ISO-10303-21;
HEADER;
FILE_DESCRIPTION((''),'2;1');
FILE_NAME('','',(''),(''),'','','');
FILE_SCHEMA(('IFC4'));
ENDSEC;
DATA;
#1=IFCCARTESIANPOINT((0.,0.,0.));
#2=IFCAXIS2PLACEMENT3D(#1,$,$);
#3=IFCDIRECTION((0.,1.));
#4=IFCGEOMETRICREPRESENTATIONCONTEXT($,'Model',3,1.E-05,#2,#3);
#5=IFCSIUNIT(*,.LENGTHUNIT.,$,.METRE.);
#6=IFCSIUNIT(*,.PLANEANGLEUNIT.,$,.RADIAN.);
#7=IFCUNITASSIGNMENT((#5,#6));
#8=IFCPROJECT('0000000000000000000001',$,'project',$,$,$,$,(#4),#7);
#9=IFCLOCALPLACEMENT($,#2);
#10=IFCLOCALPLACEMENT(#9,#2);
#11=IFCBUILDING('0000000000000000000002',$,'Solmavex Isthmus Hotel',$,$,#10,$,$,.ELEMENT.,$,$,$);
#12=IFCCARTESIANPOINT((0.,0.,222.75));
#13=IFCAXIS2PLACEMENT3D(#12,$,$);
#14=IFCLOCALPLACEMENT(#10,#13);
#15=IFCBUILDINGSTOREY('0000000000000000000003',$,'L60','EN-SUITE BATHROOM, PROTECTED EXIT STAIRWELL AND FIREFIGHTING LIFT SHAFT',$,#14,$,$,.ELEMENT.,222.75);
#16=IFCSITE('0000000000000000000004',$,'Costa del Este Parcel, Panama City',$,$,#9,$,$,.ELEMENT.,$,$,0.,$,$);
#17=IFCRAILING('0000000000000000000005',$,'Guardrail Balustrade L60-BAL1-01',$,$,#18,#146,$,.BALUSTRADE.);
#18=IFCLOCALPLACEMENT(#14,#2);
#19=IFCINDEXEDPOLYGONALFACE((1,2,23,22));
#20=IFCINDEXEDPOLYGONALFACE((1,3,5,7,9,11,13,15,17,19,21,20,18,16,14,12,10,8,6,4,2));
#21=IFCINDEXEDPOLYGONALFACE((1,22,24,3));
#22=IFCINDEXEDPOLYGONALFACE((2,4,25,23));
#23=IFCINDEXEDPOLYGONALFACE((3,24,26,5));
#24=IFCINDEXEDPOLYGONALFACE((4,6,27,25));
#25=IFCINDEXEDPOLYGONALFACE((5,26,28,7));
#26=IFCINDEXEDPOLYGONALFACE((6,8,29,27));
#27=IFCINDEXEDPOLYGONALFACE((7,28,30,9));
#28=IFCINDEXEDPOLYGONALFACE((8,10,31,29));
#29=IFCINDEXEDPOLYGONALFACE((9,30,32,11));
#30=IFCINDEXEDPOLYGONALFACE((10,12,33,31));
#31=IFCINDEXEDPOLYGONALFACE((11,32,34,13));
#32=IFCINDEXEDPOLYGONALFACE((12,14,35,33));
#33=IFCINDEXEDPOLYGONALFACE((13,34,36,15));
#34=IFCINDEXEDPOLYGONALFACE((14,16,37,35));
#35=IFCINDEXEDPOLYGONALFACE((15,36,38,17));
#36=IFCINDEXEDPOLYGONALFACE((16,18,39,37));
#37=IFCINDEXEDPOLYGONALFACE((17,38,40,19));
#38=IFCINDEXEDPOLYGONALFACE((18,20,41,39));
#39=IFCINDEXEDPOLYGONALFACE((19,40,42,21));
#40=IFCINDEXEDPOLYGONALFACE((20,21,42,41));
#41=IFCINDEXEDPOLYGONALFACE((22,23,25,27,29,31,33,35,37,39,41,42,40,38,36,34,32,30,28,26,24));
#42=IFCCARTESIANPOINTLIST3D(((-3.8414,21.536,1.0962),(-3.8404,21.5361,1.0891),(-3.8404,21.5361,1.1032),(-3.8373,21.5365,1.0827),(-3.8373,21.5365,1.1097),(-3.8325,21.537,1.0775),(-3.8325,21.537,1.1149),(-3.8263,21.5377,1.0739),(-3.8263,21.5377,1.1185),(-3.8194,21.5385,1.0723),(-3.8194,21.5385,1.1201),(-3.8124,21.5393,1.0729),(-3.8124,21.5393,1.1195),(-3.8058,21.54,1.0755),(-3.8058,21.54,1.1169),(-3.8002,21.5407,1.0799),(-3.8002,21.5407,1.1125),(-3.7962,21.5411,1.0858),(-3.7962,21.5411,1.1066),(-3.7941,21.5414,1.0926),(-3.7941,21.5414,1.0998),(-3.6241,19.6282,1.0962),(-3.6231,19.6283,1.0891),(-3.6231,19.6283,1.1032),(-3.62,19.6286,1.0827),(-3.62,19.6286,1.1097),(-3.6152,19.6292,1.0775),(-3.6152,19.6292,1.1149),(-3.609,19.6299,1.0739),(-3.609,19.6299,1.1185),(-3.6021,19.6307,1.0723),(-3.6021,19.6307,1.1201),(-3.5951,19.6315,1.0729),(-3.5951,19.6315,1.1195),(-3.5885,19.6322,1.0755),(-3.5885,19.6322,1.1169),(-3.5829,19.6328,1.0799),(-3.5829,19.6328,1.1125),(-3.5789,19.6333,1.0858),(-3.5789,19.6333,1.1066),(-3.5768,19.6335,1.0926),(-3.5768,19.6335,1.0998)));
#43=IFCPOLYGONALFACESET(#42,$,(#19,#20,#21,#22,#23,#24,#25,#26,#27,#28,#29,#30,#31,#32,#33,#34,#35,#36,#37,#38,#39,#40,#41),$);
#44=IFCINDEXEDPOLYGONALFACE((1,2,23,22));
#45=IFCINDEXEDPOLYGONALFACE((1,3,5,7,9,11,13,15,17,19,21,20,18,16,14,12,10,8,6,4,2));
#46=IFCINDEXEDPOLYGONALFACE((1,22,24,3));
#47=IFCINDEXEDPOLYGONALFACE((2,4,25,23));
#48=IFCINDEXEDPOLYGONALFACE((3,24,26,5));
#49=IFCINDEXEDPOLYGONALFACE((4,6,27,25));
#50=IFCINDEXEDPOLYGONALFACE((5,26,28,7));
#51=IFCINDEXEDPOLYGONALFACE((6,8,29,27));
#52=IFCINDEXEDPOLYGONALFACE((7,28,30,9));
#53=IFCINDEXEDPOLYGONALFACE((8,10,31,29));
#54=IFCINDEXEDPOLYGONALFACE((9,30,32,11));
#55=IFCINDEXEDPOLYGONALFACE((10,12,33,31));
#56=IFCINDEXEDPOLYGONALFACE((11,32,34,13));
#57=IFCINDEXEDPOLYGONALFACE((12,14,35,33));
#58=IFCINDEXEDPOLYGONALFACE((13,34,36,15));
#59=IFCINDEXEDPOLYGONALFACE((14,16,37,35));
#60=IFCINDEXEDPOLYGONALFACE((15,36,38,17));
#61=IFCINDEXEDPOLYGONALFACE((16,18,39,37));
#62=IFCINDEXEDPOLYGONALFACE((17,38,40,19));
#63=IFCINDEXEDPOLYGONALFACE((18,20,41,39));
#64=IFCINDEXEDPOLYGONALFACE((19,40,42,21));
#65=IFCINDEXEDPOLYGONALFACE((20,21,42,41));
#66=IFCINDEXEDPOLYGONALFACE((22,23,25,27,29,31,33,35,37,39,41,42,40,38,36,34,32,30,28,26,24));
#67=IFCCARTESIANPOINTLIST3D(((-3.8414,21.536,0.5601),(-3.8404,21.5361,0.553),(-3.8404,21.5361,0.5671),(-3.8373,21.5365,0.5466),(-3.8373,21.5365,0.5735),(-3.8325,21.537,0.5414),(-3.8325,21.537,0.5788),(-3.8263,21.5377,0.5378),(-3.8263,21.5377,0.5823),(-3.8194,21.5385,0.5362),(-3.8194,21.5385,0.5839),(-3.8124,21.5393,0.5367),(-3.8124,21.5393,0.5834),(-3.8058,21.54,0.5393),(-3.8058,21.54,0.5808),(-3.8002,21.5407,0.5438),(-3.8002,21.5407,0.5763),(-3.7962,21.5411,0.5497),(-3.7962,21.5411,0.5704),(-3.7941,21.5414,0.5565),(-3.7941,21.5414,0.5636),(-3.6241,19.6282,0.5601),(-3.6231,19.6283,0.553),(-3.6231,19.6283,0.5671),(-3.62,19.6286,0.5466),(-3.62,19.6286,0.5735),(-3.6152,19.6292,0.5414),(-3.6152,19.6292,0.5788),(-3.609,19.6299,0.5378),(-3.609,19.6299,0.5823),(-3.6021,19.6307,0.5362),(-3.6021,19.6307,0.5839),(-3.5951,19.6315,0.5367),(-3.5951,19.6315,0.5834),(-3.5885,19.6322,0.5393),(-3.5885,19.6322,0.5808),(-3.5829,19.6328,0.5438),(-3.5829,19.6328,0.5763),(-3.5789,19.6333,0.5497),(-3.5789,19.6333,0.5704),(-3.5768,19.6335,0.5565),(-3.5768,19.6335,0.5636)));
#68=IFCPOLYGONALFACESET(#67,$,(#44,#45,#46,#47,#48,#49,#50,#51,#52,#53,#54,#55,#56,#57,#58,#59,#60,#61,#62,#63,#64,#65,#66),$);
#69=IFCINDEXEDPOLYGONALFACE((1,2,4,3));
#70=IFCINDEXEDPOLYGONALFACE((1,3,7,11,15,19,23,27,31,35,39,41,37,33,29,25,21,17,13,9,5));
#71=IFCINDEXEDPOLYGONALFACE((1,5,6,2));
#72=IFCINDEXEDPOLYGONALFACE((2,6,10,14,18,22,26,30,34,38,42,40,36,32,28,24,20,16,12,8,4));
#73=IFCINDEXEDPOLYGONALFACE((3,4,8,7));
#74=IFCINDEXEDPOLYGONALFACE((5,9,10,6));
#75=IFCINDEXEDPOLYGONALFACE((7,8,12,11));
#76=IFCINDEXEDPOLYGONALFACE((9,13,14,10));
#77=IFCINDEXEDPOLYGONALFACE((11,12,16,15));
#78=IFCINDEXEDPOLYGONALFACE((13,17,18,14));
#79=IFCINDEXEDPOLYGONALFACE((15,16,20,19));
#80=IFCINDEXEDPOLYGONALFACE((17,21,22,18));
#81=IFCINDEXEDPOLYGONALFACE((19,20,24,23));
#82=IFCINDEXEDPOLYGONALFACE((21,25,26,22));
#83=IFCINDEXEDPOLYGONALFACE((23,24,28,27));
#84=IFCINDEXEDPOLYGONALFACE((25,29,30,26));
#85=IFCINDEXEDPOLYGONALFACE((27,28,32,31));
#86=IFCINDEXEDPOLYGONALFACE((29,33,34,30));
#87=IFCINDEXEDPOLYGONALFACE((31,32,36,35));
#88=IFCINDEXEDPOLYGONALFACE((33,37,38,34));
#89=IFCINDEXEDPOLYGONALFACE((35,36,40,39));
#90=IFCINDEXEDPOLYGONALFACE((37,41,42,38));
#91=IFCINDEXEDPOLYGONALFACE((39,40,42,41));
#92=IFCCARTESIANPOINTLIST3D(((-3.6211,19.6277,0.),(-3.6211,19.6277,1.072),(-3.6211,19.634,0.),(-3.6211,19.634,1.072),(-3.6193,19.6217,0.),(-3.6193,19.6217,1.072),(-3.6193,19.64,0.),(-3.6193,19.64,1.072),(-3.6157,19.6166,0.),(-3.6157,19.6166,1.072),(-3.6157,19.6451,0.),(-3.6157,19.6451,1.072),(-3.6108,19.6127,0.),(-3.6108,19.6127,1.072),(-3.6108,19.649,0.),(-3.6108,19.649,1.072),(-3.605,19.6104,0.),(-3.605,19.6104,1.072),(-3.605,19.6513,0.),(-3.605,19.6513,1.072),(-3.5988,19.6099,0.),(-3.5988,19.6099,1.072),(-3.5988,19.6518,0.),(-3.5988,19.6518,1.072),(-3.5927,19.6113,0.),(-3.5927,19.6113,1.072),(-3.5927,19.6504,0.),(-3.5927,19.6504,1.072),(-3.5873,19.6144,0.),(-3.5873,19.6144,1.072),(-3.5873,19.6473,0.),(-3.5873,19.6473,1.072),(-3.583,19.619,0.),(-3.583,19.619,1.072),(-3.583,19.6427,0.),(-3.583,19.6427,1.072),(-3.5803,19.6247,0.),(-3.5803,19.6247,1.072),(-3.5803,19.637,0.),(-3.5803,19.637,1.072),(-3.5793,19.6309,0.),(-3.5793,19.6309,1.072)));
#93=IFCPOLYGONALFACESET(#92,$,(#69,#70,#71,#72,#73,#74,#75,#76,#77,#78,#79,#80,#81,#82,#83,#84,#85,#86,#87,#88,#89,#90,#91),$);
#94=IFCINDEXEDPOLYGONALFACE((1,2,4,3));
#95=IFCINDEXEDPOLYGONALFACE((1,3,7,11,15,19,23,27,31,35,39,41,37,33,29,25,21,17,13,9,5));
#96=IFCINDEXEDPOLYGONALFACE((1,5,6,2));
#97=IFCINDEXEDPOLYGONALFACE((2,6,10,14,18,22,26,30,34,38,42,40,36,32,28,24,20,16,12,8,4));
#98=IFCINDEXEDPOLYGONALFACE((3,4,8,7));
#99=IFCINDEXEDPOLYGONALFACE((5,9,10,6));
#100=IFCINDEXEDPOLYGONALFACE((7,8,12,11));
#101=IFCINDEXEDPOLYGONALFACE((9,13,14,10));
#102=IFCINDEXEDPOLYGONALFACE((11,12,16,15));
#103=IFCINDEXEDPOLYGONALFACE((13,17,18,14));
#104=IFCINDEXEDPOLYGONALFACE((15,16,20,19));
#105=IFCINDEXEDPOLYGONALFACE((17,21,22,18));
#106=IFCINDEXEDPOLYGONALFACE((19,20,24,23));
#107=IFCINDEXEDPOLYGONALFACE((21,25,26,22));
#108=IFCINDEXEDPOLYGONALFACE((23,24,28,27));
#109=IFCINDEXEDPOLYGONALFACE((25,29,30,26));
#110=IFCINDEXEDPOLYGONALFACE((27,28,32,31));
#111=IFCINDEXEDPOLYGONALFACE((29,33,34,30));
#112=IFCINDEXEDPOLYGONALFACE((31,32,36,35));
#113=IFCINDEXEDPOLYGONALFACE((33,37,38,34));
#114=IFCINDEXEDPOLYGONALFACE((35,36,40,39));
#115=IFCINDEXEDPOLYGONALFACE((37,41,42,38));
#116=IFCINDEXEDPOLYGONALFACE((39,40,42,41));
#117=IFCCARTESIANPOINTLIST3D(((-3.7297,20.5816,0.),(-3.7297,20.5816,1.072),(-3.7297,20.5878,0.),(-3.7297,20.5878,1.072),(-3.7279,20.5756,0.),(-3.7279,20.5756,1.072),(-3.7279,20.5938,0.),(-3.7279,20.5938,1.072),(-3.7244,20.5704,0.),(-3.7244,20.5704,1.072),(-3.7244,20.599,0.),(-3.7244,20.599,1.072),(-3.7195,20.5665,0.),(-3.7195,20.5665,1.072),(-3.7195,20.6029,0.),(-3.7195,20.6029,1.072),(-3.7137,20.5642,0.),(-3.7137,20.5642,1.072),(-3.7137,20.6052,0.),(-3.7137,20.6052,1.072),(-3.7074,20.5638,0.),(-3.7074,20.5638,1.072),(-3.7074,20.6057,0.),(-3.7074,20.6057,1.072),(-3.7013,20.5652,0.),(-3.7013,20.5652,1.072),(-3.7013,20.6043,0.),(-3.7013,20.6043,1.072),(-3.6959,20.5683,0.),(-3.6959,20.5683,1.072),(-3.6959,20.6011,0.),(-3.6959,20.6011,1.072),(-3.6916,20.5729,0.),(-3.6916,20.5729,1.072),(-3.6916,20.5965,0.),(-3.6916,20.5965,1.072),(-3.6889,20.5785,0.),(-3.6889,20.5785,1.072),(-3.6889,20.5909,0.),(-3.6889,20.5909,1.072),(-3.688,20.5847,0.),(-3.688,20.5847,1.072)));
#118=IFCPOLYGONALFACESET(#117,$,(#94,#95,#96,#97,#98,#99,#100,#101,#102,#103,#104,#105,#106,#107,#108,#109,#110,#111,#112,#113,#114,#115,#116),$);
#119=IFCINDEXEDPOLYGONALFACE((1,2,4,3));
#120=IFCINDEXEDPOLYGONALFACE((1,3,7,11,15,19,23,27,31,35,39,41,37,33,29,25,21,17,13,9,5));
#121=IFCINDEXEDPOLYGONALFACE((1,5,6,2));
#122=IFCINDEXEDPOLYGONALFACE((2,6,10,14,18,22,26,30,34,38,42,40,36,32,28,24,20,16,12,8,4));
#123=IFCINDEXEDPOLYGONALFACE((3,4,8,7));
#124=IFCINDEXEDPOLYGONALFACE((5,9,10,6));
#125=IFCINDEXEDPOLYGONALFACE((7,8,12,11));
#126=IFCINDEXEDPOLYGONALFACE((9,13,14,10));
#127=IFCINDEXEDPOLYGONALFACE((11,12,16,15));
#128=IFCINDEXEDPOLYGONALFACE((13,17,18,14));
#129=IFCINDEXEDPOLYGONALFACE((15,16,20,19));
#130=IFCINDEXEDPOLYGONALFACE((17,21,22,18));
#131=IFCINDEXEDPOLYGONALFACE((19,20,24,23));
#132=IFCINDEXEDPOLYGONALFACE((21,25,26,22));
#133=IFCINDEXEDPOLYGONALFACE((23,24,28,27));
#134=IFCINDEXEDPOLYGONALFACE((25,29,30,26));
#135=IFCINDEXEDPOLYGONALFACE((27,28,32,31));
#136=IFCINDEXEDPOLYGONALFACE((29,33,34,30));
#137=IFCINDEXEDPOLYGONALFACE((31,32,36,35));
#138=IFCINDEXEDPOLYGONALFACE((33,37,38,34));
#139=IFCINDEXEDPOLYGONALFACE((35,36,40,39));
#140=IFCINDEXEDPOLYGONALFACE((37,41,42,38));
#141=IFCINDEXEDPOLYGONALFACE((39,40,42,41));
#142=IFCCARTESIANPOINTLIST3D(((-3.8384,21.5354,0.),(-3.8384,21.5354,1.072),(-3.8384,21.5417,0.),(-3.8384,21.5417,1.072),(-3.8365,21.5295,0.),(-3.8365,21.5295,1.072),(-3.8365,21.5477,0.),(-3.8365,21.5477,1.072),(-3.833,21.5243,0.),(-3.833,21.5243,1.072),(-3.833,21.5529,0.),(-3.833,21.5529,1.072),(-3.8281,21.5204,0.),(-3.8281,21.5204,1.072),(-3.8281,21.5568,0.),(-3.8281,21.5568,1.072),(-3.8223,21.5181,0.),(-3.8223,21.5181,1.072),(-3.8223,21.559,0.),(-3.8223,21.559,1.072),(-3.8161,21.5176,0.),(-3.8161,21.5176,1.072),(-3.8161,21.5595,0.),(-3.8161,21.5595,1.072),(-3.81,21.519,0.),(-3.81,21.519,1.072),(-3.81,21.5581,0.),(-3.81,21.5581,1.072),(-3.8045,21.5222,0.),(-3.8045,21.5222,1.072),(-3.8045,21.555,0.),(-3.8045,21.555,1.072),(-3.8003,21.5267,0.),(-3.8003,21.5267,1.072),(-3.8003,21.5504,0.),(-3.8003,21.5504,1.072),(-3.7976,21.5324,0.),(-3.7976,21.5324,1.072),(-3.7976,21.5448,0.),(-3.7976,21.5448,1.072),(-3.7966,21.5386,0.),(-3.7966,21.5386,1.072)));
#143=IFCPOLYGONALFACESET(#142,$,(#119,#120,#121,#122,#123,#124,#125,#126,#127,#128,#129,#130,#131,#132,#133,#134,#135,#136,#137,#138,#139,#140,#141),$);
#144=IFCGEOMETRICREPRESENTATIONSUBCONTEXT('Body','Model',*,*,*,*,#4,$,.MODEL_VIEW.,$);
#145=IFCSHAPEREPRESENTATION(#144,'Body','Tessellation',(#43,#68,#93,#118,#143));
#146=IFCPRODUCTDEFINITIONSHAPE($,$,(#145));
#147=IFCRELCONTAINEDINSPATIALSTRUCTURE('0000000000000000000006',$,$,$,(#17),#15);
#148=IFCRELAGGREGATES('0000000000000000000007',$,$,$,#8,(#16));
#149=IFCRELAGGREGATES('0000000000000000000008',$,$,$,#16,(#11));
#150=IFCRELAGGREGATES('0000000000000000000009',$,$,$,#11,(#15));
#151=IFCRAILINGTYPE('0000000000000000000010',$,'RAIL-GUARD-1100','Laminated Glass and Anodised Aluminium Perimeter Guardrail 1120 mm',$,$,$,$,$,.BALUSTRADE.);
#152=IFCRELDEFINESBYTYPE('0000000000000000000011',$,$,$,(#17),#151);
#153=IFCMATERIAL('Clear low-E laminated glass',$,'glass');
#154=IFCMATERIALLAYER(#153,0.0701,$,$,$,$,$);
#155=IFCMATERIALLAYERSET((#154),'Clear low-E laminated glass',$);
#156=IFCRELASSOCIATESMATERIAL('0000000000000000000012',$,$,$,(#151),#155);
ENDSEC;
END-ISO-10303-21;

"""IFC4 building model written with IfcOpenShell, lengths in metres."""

from ifc_helpers import new_model, si_unit, direction, frame, origin, origin_2d, place, context, subcontext, project, spatial, circle, extrude, material, layer, layer_set, type_object, element, save


model = new_model("IFC4")

# Units and contexts
model_context = context("Model", 3, precision=1e-05, world=origin(), true_north=direction((0.0, 1.0)))
body_context = subcontext(model_context, "Body", "Model", "MODEL_VIEW")
ifc_project = project(units=[si_unit("LENGTHUNIT", "METRE"), si_unit("PLANEANGLEUNIT", "RADIAN")], contexts=[model_context])

# Site, building, storey
site_placement = place(None, origin())
site = spatial("IfcSite", under=ifc_project, at=site_placement, Name="Costa del Este Parcel, Panama City", CompositionType="ELEMENT", RefElevation=0.0)
building_placement = place(site_placement, origin())
building = spatial("IfcBuilding", under=site, at=building_placement, Name="Solmavex Isthmus Hotel", CompositionType="ELEMENT")
storey_placement = place(building_placement, frame((0.0, 0.0, 222.75)))
storey = spatial("IfcBuildingStorey", under=building, at=storey_placement, Name="L60", Description="EN-SUITE BATHROOM, PROTECTED EXIT STAIRWELL AND FIREFIGHTING LIFT SHAFT", CompositionType="ELEMENT", Elevation=222.75)

# Shared definitions
ifc_material_1 = material(Name="Clear low-E laminated glass", Category="glass")

# Railing
ifc_layer_1 = layer(ifc_material_1, 0.0701)
ifc_layer_set_1 = layer_set([ifc_layer_1], Name="Clear low-E laminated glass")
railing_type = type_object("IfcRailingType", Name="RAIL-GUARD-1100", Description="Laminated Glass and Anodised Aluminium Perimeter Guardrail 1120 mm", PredefinedType="BALUSTRADE", material=ifc_layer_set_1)
railing_1_placement = place(storey_placement, frame((-3.6003, 19.6309, 0.0)))
element("IfcRailing", 1, at=railing_1_placement, inside=storey, type_object=railing_type, Name="Guardrail Balustrade L60-BAL1-01", PredefinedType="BALUSTRADE", context=body_context, shape_type="SweptSolid", body=[
    extrude(circle(Radius=0.0239, at=origin_2d()), frame((0.0, 0.0, 1.0962), z_axis=(-0.113166, 0.993576, 0.0), x_axis=(-0.993576, -0.113166, 0.0)), (0.0, 0.0, 1.0), 1.9202),
    extrude(circle(Radius=0.0239, at=origin_2d()), frame((0.0, 0.0, 0.5601), z_axis=(-0.113166, 0.993576, 0.0), x_axis=(-0.993576, -0.113166, 0.0)), (0.0, 0.0, 1.0), 1.9202),
    extrude(circle(Radius=0.021, at=origin_2d()), origin(), (0.0, 0.0, 1.0), 1.072),
    extrude(circle(Radius=0.021, at=origin_2d()), frame((-0.1086, 0.9539, 0.0)), (0.0, 0.0, 1.0), 1.072),
    extrude(circle(Radius=0.021, at=origin_2d()), frame((-0.2173, 1.9077, 0.0)), (0.0, 0.0, 1.0), 1.072),
])

save(model, "model.ifc")
